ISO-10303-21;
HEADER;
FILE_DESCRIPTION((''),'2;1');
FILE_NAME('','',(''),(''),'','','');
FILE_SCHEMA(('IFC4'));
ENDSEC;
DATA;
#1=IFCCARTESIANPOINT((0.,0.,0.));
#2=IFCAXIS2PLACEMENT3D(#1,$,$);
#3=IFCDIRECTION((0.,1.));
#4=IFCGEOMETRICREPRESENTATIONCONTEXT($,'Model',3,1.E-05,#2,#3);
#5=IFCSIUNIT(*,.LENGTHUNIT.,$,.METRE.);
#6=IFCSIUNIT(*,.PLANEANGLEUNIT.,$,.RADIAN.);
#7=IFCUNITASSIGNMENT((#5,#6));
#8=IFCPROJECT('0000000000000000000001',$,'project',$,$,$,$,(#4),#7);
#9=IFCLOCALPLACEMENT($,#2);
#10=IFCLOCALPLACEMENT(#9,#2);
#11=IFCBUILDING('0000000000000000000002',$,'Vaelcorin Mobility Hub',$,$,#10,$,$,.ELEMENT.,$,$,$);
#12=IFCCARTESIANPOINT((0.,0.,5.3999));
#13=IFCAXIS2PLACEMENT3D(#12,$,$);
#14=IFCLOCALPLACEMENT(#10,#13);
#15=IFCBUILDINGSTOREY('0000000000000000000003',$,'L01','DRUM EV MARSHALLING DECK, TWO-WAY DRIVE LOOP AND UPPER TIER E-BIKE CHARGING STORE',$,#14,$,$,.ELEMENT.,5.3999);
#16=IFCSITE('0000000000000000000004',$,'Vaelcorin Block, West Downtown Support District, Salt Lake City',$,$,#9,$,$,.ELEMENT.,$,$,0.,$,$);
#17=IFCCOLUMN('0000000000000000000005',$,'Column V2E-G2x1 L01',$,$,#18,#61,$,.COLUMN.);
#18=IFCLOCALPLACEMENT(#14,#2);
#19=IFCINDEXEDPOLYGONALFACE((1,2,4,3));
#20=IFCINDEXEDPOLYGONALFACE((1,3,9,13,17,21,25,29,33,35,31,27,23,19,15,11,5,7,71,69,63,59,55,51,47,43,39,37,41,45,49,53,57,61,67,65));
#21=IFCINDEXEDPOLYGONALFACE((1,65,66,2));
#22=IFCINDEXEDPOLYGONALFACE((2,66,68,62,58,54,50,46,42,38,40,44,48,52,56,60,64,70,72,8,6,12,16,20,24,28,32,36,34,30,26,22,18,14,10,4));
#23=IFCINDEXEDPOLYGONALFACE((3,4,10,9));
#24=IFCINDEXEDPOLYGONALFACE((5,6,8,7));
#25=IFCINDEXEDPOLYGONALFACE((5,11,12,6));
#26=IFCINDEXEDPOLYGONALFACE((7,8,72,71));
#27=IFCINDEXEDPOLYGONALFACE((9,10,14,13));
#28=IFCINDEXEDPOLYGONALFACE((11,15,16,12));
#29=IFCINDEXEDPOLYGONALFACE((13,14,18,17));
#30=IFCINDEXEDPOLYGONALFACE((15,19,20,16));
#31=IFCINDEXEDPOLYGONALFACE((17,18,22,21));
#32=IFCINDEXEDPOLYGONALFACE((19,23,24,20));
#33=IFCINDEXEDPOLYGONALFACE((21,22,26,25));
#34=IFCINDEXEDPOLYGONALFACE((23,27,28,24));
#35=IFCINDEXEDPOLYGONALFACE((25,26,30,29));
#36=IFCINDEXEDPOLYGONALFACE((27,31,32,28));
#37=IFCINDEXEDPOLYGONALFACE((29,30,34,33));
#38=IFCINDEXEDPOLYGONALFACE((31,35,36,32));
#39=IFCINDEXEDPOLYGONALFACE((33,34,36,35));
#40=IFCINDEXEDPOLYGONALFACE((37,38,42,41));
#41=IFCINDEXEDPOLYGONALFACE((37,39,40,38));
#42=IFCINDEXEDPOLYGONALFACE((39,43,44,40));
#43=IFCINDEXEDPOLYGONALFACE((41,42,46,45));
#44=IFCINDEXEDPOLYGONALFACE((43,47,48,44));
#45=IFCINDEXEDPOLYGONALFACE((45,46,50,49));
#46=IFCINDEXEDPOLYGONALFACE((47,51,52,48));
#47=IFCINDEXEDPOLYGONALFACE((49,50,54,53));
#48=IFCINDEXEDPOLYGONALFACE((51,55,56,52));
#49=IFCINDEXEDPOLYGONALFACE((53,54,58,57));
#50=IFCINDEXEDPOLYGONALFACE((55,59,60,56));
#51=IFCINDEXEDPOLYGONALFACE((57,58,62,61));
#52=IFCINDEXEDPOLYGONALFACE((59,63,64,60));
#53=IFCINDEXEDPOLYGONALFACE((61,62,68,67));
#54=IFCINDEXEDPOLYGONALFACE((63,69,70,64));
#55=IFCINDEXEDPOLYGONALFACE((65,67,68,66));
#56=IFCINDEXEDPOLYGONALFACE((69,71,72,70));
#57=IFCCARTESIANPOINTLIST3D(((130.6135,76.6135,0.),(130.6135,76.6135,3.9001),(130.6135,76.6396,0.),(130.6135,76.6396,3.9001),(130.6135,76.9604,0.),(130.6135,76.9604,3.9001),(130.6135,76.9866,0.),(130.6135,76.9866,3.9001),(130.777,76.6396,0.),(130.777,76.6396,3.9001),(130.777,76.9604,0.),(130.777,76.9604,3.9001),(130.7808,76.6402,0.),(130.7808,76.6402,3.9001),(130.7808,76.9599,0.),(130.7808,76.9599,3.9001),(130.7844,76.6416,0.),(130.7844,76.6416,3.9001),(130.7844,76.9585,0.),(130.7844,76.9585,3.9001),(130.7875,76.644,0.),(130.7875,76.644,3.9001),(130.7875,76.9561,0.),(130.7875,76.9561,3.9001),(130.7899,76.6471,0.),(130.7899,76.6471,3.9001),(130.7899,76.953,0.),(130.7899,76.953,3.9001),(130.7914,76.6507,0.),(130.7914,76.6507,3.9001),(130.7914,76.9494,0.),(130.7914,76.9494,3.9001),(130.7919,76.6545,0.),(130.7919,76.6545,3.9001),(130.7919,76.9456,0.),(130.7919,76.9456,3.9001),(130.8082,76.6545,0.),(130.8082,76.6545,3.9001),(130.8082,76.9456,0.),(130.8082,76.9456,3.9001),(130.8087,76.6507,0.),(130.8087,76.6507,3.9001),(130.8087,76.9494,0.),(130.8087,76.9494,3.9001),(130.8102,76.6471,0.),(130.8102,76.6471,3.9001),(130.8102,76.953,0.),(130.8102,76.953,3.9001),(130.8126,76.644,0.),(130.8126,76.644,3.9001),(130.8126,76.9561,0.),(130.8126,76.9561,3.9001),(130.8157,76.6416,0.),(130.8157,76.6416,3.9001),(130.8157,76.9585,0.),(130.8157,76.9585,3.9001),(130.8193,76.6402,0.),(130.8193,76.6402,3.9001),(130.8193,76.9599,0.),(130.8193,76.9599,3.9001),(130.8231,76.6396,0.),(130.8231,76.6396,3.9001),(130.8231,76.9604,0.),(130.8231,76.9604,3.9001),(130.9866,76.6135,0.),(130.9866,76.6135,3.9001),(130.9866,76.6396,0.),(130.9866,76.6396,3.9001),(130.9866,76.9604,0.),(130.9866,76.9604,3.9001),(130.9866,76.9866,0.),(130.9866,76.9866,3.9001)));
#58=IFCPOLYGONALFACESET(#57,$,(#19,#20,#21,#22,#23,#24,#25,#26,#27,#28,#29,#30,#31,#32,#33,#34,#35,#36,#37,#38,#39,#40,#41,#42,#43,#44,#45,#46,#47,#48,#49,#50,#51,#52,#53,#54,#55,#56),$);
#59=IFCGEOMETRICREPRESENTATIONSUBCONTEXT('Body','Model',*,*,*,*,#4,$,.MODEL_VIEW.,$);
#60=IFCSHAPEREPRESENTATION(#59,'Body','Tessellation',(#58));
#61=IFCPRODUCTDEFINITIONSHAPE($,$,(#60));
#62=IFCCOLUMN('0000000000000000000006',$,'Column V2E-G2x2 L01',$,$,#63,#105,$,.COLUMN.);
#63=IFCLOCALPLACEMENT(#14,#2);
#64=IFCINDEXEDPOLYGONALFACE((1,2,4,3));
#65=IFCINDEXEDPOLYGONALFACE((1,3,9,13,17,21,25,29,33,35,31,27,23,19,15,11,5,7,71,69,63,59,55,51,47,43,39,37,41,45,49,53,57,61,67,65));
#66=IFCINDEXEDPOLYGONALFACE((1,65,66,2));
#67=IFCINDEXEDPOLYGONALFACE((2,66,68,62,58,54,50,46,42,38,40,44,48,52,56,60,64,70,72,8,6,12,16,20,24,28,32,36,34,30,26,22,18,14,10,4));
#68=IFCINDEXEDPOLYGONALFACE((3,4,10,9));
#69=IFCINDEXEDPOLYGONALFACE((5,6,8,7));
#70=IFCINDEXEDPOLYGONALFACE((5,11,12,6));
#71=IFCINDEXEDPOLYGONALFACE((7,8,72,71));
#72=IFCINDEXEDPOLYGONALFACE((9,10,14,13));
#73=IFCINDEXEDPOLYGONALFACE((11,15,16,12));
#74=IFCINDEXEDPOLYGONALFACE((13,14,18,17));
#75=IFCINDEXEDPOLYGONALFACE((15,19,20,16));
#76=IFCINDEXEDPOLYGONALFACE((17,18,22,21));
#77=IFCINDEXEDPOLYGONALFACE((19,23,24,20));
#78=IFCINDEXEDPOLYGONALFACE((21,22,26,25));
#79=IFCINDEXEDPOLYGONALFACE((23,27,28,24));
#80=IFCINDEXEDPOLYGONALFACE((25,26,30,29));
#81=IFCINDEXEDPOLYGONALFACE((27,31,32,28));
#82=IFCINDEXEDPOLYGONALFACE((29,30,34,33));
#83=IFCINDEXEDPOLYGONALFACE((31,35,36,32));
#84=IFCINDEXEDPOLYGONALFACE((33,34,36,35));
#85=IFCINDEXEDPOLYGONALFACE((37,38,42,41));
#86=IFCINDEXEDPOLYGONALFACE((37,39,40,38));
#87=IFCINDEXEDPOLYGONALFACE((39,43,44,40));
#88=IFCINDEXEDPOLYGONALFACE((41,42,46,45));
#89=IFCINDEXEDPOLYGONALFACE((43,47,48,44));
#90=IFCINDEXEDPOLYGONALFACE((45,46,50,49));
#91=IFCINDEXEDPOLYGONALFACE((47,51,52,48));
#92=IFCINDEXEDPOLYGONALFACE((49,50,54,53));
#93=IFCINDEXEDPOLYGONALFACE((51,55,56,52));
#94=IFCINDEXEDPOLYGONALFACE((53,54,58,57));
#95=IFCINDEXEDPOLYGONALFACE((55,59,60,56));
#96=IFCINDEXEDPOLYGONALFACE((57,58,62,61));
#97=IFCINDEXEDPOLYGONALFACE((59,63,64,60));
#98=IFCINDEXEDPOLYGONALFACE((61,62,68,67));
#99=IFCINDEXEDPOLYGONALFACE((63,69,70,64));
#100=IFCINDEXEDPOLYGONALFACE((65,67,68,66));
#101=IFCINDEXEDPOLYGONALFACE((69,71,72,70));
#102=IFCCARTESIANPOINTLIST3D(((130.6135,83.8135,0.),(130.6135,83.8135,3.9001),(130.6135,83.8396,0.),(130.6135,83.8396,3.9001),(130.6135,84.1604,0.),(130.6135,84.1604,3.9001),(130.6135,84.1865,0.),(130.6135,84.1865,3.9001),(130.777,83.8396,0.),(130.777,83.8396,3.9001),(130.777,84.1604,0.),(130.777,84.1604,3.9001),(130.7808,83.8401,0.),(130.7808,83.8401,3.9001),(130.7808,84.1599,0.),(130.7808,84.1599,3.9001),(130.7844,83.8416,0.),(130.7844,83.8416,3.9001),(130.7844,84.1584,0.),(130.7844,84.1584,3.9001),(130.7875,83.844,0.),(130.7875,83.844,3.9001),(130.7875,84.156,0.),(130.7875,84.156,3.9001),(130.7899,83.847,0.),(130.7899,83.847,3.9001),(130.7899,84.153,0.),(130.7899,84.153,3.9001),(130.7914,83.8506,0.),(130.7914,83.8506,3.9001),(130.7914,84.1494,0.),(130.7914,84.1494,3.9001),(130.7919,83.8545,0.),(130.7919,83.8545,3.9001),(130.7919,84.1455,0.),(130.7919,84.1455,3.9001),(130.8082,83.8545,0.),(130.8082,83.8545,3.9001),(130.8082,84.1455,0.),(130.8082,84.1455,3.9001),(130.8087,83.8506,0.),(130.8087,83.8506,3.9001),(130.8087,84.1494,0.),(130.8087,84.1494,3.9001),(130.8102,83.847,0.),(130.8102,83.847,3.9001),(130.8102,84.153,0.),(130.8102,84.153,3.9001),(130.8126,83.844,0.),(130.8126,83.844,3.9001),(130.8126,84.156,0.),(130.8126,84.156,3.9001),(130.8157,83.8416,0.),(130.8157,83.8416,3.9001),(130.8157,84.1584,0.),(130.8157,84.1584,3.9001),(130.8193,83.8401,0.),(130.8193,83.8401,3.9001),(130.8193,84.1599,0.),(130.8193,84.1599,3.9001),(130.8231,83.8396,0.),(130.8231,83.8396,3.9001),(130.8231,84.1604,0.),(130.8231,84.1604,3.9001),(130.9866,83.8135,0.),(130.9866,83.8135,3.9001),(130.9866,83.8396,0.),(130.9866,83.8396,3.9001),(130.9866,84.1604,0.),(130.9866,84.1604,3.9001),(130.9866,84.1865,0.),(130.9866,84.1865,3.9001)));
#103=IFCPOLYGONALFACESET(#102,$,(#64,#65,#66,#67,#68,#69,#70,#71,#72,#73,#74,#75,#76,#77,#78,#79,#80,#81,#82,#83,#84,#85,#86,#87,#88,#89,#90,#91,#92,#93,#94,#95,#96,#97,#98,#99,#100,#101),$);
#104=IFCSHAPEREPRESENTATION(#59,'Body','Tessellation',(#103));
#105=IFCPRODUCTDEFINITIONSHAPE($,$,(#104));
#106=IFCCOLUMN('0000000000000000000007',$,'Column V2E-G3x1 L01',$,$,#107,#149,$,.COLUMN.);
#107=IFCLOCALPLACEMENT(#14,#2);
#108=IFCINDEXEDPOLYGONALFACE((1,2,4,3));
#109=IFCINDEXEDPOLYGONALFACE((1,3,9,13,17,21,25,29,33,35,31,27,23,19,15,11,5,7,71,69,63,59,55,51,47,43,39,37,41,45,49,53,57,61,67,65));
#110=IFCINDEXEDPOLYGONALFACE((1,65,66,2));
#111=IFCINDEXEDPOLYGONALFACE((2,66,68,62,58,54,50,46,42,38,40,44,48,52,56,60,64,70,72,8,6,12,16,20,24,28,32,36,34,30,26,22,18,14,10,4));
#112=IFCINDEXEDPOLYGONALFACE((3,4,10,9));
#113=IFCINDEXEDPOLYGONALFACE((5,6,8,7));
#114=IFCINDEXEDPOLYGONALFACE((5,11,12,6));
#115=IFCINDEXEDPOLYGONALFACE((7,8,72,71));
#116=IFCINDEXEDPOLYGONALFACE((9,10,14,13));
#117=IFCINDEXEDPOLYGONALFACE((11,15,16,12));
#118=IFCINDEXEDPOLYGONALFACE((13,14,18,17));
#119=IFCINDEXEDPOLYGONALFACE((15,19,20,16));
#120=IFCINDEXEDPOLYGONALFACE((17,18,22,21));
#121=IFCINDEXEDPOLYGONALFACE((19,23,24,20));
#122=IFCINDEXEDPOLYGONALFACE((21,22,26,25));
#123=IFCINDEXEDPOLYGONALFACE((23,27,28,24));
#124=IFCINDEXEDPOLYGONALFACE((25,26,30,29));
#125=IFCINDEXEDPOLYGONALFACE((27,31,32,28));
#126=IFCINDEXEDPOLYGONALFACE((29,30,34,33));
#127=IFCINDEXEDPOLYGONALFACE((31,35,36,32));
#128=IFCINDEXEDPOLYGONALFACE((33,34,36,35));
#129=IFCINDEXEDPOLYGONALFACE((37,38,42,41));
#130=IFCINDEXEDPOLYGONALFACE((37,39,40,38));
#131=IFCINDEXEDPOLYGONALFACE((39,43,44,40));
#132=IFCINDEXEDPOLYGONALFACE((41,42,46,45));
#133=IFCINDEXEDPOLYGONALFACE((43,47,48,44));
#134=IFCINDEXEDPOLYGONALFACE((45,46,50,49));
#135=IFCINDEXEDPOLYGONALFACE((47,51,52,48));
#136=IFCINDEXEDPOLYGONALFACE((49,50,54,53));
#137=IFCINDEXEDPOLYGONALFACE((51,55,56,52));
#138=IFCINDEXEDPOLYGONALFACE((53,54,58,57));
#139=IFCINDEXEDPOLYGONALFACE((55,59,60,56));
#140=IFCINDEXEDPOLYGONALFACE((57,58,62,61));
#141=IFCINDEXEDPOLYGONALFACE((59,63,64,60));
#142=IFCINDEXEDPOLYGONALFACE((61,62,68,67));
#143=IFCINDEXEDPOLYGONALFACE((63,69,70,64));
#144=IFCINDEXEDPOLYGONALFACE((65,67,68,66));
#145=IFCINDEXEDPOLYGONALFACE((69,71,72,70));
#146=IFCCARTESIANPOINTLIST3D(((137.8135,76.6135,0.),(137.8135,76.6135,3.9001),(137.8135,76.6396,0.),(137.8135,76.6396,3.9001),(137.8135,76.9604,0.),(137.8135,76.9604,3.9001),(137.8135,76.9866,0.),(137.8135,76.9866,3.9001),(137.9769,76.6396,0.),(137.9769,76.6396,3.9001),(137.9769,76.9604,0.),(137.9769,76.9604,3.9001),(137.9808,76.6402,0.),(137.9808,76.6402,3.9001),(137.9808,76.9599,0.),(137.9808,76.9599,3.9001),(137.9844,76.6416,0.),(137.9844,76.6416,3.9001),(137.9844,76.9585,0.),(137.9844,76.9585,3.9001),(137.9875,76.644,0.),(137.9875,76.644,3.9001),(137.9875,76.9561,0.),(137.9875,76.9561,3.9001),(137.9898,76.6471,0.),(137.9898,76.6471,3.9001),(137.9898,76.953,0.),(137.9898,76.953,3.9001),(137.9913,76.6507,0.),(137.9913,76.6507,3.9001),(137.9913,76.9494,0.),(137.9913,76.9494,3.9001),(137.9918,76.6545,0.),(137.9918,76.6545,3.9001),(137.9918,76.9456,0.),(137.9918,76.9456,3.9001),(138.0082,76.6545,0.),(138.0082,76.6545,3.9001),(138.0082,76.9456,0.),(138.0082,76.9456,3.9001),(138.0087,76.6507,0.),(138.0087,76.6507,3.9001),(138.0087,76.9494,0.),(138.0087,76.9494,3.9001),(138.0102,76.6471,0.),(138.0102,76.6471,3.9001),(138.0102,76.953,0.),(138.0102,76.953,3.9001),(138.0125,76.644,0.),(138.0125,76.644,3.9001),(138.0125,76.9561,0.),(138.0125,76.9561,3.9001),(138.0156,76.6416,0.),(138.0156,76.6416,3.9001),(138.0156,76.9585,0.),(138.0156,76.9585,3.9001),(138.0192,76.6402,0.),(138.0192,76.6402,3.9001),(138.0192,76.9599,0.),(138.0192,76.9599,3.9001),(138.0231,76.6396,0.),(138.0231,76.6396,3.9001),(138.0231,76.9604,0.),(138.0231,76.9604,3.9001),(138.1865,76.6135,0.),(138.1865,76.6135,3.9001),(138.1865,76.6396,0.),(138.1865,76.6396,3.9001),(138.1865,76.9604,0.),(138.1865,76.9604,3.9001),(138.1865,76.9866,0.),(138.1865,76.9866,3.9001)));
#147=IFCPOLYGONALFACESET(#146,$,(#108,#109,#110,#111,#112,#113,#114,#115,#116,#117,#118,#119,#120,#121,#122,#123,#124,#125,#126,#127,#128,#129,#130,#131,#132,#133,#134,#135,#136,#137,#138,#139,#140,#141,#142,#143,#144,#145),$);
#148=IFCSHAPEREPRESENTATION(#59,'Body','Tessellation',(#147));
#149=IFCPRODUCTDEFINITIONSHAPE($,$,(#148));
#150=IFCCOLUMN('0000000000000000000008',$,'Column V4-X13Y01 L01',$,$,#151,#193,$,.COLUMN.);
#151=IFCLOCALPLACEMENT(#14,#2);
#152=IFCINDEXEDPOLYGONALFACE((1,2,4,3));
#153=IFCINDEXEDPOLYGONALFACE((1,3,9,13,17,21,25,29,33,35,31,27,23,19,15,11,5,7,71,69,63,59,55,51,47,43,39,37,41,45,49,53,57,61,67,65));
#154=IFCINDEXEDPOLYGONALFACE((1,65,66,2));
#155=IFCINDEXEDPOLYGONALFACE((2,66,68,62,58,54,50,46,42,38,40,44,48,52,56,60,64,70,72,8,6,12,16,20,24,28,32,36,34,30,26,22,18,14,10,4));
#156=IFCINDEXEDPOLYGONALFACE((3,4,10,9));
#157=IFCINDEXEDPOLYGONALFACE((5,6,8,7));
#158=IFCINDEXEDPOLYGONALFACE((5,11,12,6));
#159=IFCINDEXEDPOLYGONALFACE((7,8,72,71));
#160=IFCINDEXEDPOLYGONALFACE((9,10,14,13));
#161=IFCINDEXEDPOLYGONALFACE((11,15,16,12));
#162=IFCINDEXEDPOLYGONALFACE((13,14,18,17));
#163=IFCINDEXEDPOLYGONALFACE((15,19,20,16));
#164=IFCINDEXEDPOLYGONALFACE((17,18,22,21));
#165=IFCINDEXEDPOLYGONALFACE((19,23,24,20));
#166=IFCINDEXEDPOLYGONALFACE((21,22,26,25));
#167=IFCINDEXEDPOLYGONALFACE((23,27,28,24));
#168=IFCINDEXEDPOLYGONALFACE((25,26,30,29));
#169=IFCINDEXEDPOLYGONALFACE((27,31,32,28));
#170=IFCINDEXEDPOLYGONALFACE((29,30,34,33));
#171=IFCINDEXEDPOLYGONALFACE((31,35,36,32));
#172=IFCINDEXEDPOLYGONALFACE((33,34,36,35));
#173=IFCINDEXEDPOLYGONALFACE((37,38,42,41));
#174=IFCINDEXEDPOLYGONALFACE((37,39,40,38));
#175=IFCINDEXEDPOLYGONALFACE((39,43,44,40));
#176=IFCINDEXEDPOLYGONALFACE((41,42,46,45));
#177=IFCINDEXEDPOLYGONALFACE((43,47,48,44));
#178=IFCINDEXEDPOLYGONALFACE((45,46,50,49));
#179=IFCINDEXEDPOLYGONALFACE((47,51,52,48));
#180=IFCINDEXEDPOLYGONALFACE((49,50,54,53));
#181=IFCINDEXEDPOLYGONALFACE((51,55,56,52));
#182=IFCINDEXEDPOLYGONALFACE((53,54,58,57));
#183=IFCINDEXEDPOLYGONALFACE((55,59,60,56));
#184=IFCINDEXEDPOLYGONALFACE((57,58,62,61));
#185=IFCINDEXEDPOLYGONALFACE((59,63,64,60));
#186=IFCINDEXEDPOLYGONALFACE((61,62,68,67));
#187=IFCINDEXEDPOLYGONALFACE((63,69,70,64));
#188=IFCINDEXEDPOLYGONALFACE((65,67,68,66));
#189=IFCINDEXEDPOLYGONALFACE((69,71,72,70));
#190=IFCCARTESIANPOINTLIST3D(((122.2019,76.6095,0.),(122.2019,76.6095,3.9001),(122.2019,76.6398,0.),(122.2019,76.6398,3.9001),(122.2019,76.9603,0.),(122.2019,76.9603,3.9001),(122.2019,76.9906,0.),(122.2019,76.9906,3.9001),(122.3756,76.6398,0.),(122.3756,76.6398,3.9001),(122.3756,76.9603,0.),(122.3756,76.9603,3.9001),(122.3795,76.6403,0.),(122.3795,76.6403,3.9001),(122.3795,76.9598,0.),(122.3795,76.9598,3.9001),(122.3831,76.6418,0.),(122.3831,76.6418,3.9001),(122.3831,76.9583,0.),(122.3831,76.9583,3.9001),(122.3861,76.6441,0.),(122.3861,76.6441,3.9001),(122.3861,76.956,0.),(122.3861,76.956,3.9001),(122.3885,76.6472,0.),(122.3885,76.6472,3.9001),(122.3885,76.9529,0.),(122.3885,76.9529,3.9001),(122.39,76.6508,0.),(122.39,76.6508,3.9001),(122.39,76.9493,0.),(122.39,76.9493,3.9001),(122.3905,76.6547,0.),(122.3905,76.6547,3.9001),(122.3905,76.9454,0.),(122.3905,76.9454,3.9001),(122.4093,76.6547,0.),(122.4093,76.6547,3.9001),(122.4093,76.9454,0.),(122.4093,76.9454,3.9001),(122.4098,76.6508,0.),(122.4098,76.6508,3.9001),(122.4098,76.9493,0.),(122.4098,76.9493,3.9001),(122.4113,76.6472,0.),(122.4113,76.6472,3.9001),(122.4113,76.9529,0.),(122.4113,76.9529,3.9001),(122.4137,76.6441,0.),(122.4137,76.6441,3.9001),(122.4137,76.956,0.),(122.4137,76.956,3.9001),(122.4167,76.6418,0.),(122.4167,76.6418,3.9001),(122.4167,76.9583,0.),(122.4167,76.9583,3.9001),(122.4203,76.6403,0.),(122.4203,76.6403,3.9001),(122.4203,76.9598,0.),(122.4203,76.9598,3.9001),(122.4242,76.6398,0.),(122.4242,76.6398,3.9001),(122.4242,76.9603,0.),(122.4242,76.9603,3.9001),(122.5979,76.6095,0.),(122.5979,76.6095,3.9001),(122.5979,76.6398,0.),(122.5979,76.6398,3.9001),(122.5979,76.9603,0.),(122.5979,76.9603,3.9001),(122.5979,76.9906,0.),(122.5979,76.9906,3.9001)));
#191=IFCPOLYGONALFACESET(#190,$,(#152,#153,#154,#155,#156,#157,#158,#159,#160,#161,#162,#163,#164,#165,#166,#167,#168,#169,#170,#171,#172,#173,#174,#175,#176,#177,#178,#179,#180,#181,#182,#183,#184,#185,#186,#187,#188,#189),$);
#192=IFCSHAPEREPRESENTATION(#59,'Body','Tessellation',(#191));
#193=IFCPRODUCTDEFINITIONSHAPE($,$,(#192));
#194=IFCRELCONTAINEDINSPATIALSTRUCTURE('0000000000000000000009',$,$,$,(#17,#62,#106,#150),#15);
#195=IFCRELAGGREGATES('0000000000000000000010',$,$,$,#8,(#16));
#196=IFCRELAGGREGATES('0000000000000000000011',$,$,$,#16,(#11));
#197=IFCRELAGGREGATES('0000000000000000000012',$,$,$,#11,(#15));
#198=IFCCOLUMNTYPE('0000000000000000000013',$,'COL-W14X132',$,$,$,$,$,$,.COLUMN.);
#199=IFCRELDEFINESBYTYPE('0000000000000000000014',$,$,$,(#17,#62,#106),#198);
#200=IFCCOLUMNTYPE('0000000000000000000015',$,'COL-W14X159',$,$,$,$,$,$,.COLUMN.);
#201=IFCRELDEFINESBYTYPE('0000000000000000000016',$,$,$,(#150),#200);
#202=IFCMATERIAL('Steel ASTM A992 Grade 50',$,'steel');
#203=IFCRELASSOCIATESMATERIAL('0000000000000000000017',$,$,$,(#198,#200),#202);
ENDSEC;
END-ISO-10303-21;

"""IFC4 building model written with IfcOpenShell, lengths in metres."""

from ifc_helpers import new_model, si_unit, direction, frame, origin, origin_2d, place, context, subcontext, project, spatial, i_section, extrude, material, material_profile, profile_set, type_object, element, save


model = new_model("IFC4")

# Units and contexts
model_context = context("Model", 3, precision=1e-05, world=origin(), true_north=direction((0.0, 1.0)))
body_context = subcontext(model_context, "Body", "Model", "MODEL_VIEW")
ifc_project = project(units=[si_unit("LENGTHUNIT", "METRE"), si_unit("PLANEANGLEUNIT", "RADIAN")], contexts=[model_context])

# Site, building, storey
site_placement = place(None, origin())
site = spatial("IfcSite", under=ifc_project, at=site_placement, Name="Vaelcorin Block, West Downtown Support District, Salt Lake City", CompositionType="ELEMENT", RefElevation=0.0)
building_placement = place(site_placement, origin())
building = spatial("IfcBuilding", under=site, at=building_placement, Name="Vaelcorin Mobility Hub", CompositionType="ELEMENT")
storey_placement = place(building_placement, frame((0.0, 0.0, 5.3999)))
storey = spatial("IfcBuildingStorey", under=building, at=storey_placement, Name="L01", Description="DRUM EV MARSHALLING DECK, TWO-WAY DRIVE LOOP AND UPPER TIER E-BIKE CHARGING STORE", CompositionType="ELEMENT", Elevation=5.3999)

# Columns
ifc_material_1 = material(Name="Steel ASTM A992 Grade 50", Category="steel")
ifc_material_profile_1 = material_profile(ifc_material_1, i_section(OverallWidth=0.373, OverallDepth=0.373, WebThickness=0.0164, FlangeThickness=0.0261, FilletRadius=0.0149, at=origin_2d()), Name="W14X132")
ifc_profile_set_1 = profile_set([ifc_material_profile_1], Name="Steel ASTM A992 Grade 50")
column_type_1 = type_object("IfcColumnType", Name="COL-W14X132", PredefinedType="COLUMN", material=ifc_profile_set_1)
for number, where, z_axis, x_axis, name in (
    (1, (130.8, 76.8, 0.0), (0.0, 0.0, 1.0), (1.0, 0.0, 0.0), "Column V2E-G2x1 L01"),
    (2, (130.8, 84.0, 0.0), (0.0, 0.0, 1.0), (1.0, 0.0, 0.0), "Column V2E-G2x2 L01"),
    (3, (138.0, 76.8, 0.0), (0.0, 0.0, 1.0), (1.0, 0.0, 0.0), "Column V2E-G3x1 L01"),
):
    element("IfcColumn", number, at=place(storey_placement, frame(where, z_axis=z_axis, x_axis=x_axis)), inside=storey, type_object=column_type_1, Name=name, PredefinedType="COLUMN", context=body_context, shape_type="SweptSolid", body=[
        extrude(i_section(OverallWidth=0.373, OverallDepth=0.373, WebThickness=0.0164, FlangeThickness=0.0261, FilletRadius=0.0149, at=origin_2d()), origin(), (0.0, 0.0, 1.0), 3.9001),
    ])
ifc_material_profile_2 = material_profile(ifc_material_1, i_section(OverallWidth=0.396, OverallDepth=0.3811, WebThickness=0.0188, FlangeThickness=0.0303, FilletRadius=0.0149, at=origin_2d()), Name="W14X159")
ifc_profile_set_2 = profile_set([ifc_material_profile_2], Name="Steel ASTM A992 Grade 50")
column_type_2 = type_object("IfcColumnType", Name="COL-W14X159", PredefinedType="COLUMN", material=ifc_profile_set_2)
column_1_placement = place(storey_placement, frame((122.3999, 76.8, 0.0), z_axis=(0.0, 0.0, 1.0), x_axis=(1.0, 0.0, 0.0)))
element("IfcColumn", 4, at=column_1_placement, inside=storey, type_object=column_type_2, Name="Column V4-X13Y01 L01", PredefinedType="COLUMN", context=body_context, shape_type="SweptSolid", body=[
    extrude(i_section(OverallWidth=0.396, OverallDepth=0.3811, WebThickness=0.0188, FlangeThickness=0.0303, FilletRadius=0.0149, at=origin_2d()), origin(), (0.0, 0.0, 1.0), 3.9001),
])

save(model, "model.ifc")
